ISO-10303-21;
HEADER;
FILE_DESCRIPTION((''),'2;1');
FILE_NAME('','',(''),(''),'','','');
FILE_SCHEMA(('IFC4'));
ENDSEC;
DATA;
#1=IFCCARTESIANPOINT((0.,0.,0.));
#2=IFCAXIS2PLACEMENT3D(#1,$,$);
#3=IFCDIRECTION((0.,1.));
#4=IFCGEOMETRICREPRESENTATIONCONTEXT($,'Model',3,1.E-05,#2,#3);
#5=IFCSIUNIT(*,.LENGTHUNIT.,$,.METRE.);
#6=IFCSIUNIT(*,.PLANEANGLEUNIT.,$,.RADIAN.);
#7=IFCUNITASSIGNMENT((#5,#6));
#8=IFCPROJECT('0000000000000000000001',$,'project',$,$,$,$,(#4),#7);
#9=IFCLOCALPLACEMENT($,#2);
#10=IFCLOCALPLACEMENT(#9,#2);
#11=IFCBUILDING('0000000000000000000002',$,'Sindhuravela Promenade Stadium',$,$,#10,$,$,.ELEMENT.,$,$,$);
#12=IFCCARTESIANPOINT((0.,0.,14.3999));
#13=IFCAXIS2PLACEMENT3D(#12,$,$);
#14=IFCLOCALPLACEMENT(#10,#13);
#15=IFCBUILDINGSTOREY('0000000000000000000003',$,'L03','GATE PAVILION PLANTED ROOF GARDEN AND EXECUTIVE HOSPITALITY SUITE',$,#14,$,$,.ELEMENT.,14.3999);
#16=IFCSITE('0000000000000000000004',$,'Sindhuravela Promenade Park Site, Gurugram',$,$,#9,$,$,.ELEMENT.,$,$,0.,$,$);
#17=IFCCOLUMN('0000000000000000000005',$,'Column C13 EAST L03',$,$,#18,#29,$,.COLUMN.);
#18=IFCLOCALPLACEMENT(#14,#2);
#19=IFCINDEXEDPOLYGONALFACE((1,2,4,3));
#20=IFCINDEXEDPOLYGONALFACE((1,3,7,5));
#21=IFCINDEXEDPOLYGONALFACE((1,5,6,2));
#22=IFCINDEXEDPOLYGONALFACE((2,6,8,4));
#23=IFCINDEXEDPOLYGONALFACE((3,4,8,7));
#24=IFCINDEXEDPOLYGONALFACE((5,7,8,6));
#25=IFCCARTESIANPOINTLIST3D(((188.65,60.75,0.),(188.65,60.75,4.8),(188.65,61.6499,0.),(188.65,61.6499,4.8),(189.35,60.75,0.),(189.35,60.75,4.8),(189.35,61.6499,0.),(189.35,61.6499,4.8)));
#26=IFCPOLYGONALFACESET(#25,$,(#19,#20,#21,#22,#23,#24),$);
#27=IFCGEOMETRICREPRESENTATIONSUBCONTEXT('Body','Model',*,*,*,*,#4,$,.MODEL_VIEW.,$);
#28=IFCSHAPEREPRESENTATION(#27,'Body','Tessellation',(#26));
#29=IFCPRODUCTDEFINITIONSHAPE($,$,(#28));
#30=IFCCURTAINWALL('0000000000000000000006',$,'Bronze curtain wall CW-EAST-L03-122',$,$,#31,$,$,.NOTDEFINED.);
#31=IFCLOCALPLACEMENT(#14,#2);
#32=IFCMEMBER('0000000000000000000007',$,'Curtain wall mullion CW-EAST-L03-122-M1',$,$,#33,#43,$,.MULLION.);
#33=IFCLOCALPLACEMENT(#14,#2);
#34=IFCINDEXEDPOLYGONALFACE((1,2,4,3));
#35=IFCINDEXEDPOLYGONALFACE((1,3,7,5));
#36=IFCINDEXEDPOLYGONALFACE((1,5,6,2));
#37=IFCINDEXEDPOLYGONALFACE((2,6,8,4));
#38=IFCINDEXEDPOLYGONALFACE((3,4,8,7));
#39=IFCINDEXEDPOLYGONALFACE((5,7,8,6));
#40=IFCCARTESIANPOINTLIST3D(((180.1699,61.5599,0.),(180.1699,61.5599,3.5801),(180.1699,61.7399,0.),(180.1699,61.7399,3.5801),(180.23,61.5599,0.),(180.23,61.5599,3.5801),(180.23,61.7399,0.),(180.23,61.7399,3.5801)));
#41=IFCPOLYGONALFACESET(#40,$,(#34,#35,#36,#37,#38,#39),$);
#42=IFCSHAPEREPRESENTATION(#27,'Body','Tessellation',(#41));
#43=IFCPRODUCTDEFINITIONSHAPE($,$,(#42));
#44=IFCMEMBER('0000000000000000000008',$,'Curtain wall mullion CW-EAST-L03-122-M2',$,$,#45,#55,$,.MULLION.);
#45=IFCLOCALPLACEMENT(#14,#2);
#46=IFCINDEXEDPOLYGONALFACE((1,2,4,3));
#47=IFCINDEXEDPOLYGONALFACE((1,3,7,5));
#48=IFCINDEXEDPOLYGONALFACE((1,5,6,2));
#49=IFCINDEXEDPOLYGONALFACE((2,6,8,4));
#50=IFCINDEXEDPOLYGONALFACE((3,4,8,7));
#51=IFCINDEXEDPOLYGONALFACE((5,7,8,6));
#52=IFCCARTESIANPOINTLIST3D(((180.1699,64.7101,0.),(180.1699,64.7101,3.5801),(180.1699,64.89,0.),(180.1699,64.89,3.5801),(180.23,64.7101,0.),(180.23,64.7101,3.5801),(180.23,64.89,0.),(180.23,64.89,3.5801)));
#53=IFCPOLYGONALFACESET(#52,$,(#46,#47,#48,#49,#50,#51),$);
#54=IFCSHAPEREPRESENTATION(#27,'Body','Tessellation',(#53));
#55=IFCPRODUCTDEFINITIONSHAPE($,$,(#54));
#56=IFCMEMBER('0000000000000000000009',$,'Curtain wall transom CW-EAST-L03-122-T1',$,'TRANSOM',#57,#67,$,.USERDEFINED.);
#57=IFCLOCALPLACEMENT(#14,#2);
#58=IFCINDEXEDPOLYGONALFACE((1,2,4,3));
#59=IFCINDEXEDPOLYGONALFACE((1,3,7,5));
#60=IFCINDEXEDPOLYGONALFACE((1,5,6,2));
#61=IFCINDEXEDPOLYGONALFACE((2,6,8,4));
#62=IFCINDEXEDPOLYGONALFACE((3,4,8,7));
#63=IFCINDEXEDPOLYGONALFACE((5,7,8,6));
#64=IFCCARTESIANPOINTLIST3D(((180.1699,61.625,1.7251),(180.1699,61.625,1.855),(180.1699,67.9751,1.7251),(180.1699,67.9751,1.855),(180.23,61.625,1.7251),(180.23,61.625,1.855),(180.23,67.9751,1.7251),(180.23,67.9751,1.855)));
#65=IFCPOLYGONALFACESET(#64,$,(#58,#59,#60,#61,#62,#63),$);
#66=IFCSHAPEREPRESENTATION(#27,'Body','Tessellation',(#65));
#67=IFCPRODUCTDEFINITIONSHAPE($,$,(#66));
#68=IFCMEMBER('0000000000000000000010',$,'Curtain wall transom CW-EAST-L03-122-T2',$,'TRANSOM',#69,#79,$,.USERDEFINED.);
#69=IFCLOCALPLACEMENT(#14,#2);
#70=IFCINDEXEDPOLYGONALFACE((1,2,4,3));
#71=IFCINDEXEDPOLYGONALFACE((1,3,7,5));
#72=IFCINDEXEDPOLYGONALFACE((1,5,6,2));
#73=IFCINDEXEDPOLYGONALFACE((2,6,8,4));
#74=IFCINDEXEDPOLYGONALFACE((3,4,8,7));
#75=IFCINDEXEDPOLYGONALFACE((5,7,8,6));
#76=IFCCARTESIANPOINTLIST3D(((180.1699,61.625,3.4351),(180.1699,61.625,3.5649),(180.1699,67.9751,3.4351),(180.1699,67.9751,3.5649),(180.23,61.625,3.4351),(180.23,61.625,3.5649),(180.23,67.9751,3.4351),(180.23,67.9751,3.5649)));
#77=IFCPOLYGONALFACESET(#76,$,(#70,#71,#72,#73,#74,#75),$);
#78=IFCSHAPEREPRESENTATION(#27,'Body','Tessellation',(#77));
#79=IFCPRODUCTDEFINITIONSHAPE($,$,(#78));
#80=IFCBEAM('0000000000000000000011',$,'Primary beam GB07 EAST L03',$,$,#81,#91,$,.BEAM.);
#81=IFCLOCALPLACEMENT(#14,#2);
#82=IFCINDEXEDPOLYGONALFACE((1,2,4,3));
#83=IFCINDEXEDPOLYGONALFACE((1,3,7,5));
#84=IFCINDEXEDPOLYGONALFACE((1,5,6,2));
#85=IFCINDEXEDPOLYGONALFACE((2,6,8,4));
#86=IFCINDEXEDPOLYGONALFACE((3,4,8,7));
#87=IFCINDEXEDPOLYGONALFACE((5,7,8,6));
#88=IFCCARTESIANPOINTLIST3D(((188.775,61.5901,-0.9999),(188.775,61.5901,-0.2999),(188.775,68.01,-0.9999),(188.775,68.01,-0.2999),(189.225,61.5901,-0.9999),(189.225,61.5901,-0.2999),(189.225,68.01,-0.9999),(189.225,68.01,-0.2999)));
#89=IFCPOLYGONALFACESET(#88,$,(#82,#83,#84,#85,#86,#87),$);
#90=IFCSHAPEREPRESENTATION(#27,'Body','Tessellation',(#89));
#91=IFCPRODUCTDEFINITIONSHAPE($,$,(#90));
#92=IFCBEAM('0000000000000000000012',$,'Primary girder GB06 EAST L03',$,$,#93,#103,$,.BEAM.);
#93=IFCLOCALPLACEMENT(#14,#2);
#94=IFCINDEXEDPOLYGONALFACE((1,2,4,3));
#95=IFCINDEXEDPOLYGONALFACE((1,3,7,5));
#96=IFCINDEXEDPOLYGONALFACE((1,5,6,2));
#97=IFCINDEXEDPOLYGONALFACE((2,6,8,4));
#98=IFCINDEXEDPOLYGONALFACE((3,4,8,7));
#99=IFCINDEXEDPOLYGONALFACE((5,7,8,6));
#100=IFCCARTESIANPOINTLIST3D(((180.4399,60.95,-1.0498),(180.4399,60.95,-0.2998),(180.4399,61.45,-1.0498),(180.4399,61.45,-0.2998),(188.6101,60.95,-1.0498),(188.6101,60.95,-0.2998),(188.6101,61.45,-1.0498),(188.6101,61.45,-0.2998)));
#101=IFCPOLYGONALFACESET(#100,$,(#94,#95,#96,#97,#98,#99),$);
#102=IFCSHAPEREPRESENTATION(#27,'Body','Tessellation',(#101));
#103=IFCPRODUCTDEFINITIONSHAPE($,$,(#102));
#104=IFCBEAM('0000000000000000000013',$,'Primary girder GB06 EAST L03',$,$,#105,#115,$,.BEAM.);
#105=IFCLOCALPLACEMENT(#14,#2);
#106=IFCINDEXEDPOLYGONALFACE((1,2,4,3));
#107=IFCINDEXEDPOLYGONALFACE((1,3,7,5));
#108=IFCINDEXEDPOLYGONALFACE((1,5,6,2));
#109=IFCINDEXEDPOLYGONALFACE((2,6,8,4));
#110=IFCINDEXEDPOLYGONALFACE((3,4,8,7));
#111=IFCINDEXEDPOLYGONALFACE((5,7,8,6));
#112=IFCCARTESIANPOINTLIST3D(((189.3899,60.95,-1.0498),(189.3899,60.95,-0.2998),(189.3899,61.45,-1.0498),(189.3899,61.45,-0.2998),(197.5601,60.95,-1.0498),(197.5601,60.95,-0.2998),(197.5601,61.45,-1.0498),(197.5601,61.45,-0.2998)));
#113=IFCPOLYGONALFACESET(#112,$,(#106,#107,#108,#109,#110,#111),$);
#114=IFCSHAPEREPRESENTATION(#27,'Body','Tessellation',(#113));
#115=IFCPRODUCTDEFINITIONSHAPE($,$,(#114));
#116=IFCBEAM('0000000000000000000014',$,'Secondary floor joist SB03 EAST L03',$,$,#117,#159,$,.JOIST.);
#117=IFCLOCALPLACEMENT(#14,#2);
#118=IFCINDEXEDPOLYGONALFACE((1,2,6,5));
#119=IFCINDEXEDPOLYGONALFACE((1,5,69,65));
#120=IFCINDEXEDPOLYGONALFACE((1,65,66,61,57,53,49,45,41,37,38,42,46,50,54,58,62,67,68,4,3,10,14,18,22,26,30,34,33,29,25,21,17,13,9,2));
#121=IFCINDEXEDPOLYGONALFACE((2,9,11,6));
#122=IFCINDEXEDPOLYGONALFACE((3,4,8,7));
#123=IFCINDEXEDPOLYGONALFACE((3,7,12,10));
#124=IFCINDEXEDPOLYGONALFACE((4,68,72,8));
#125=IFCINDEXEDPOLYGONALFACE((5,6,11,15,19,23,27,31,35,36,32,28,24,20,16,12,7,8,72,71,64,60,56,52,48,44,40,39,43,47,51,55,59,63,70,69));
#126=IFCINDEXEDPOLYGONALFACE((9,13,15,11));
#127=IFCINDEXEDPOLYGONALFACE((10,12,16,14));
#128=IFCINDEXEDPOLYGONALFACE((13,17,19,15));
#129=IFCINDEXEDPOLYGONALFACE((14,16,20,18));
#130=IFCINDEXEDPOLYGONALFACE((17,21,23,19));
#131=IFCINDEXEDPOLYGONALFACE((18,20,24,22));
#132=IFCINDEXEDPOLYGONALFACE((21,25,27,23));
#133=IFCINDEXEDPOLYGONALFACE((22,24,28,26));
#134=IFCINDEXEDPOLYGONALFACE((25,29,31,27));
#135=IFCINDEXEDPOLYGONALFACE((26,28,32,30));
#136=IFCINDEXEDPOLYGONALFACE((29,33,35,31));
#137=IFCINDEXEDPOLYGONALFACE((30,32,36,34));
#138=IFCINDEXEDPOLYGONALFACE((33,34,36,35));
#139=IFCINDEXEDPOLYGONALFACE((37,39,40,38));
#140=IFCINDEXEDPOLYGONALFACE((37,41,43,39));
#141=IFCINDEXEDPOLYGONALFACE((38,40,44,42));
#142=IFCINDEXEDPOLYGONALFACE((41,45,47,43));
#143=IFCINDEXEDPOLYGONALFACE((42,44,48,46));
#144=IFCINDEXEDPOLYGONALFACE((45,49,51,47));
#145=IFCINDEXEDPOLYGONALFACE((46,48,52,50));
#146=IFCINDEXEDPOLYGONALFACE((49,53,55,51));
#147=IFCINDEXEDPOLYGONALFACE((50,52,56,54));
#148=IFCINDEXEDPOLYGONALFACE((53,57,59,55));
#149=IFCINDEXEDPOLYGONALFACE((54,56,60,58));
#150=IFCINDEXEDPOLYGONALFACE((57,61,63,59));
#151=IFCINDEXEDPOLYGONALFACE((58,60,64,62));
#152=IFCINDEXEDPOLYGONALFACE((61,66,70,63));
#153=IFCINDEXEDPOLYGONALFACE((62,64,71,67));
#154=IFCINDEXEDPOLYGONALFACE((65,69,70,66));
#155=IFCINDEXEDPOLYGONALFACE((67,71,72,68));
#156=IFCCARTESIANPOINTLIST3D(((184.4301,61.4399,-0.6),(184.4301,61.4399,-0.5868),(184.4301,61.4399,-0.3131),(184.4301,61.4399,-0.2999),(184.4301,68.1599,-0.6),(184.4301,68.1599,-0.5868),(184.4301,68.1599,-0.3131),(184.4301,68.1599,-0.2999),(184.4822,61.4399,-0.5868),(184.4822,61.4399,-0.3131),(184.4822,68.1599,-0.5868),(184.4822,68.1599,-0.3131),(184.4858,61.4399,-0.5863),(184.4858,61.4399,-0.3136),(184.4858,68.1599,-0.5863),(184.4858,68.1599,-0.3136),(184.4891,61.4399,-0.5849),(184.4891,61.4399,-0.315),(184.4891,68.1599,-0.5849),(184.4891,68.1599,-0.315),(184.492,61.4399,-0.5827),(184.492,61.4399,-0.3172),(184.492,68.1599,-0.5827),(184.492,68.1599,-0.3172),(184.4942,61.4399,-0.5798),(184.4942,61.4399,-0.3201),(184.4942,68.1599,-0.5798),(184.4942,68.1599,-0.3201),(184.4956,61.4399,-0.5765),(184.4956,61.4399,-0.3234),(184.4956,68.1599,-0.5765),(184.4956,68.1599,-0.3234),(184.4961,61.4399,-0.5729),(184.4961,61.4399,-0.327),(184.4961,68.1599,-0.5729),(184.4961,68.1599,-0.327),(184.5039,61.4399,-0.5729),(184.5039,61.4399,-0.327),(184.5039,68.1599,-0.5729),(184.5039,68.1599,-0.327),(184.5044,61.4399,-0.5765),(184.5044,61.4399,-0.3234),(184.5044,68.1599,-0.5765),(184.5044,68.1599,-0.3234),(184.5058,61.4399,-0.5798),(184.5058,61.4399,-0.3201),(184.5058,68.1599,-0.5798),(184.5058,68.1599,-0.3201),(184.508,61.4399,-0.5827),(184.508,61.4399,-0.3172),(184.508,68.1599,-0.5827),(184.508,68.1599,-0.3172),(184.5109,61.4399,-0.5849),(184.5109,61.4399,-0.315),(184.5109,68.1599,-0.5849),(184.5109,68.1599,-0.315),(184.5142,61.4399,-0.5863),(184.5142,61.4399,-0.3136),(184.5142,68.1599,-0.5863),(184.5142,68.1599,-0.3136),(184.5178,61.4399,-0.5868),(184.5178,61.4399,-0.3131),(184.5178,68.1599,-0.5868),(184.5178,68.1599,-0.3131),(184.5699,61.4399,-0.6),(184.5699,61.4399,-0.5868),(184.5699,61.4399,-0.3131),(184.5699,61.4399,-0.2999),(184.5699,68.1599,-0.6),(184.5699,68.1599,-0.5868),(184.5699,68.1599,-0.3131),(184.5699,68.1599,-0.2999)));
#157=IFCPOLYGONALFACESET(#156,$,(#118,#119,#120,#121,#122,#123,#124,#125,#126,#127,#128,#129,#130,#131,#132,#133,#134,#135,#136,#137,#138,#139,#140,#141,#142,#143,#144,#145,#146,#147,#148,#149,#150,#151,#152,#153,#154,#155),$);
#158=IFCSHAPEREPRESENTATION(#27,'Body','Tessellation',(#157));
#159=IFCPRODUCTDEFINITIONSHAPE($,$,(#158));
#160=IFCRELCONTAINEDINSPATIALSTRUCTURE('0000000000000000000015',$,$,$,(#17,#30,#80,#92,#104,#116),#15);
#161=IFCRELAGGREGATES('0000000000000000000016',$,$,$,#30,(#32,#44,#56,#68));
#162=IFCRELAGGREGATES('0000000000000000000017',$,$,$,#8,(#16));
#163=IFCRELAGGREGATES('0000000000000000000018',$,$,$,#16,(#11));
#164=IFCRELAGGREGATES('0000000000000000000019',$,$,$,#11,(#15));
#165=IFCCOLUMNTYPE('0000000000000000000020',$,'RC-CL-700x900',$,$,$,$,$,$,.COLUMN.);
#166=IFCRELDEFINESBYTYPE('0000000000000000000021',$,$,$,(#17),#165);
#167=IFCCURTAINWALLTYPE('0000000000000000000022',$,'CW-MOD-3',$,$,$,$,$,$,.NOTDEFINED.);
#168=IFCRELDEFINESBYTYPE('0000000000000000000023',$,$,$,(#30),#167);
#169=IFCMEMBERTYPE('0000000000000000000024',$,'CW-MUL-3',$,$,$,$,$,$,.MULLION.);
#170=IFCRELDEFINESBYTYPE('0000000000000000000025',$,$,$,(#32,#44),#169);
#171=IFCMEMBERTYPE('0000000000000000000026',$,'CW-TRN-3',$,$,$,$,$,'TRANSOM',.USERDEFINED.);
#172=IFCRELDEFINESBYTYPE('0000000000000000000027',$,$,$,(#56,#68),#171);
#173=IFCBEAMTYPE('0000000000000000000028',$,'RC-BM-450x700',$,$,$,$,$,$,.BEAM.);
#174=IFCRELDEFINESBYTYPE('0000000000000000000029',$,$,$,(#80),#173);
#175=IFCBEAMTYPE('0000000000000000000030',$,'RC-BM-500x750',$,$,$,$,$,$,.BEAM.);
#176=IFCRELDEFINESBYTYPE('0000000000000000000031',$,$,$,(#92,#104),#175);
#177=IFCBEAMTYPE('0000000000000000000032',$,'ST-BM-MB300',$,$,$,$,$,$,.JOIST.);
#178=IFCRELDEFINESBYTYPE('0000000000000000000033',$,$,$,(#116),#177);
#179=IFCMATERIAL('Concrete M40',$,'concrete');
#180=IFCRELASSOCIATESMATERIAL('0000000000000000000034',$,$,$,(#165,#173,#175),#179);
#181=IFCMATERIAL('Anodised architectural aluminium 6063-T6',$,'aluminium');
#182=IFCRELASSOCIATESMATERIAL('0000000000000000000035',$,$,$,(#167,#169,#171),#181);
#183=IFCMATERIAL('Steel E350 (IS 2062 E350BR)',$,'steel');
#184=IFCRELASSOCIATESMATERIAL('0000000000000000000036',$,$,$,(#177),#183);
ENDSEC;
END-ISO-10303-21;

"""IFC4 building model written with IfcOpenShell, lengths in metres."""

from ifc_helpers import new_model, si_unit, direction, frame, origin, origin_2d, place, context, subcontext, project, spatial, rectangle, i_section, extrude, material, material_profile, profile_set, type_object, element, aggregate, save


model = new_model("IFC4")

# Units and contexts
model_context = context("Model", 3, precision=1e-05, world=origin(), true_north=direction((0.0, 1.0)))
body_context = subcontext(model_context, "Body", "Model", "MODEL_VIEW")
ifc_project = project(units=[si_unit("LENGTHUNIT", "METRE"), si_unit("PLANEANGLEUNIT", "RADIAN")], contexts=[model_context])

# Site, building, storey
site_placement = place(None, origin())
site = spatial("IfcSite", under=ifc_project, at=site_placement, Name="Sindhuravela Promenade Park Site, Gurugram", CompositionType="ELEMENT", RefElevation=0.0)
building_placement = place(site_placement, origin())
building = spatial("IfcBuilding", under=site, at=building_placement, Name="Sindhuravela Promenade Stadium", CompositionType="ELEMENT")
storey_placement = place(building_placement, frame((0.0, 0.0, 14.3999)))
storey = spatial("IfcBuildingStorey", under=building, at=storey_placement, Name="L03", Description="GATE PAVILION PLANTED ROOF GARDEN AND EXECUTIVE HOSPITALITY SUITE", CompositionType="ELEMENT", Elevation=14.3999)

# Column
ifc_material_1 = material(Name="Concrete M40", Category="concrete")
ifc_material_profile_1 = material_profile(ifc_material_1, rectangle(XDim=0.7, YDim=0.8999, at=origin_2d()), Name="RC 700x900")
ifc_profile_set_1 = profile_set([ifc_material_profile_1], Name="Concrete M40")
column_type = type_object("IfcColumnType", Name="RC-CL-700x900", PredefinedType="COLUMN", material=ifc_profile_set_1)
column_placement = place(storey_placement, frame((189.0, 61.2, 0.0), z_axis=(0.0, 0.0, 1.0), x_axis=(1.0, 0.0, 0.0)))
element("IfcColumn", 1, at=column_placement, inside=storey, type_object=column_type, Name="Column C13 EAST L03", PredefinedType="COLUMN", context=body_context, shape_type="SweptSolid", body=[
    extrude(rectangle(XDim=0.7, YDim=0.8999, at=origin_2d()), origin(), (0.0, 0.0, 1.0), 4.8),
])

# Curtain wall, members
ifc_material_2 = material(Name="Anodised architectural aluminium 6063-T6", Category="aluminium")
curtain_wall_type = type_object("IfcCurtainWallType", Name="CW-MOD-3", PredefinedType="NOTDEFINED", material=ifc_material_2)
curtain_wall_placement = place(storey_placement, origin())
curtain_wall = element("IfcCurtainWall", 2, at=curtain_wall_placement, inside=storey, type_object=curtain_wall_type, Name="Bronze curtain wall CW-EAST-L03-122", PredefinedType="NOTDEFINED")
ifc_material_profile_2 = material_profile(ifc_material_2, rectangle(XDim=0.0601, YDim=0.1799, at=origin_2d()), Name="ALU M60x180")
ifc_profile_set_2 = profile_set([ifc_material_profile_2], Name="Anodised architectural aluminium 6063-T6")
member_type_1 = type_object("IfcMemberType", Name="CW-MUL-3", PredefinedType="MULLION", material=ifc_profile_set_2)
member_1_placement = place(storey_placement, frame((180.2, 61.6499, 0.0), z_axis=(0.0, 0.0, 1.0), x_axis=(1.0, 0.0, 0.0)))
member_1 = element("IfcMember", 3, at=member_1_placement, type_object=member_type_1, Name="Curtain wall mullion CW-EAST-L03-122-M1", PredefinedType="MULLION", context=body_context, shape_type="SweptSolid", body=[
    extrude(rectangle(XDim=0.0601, YDim=0.1799, at=origin_2d()), origin(), (0.0, 0.0, 1.0), 3.5801),
])
member_2_placement = place(storey_placement, frame((180.2, 64.8, 0.0), z_axis=(0.0, 0.0, 1.0), x_axis=(1.0, 0.0, 0.0)))
member_2 = element("IfcMember", 4, at=member_2_placement, type_object=member_type_1, Name="Curtain wall mullion CW-EAST-L03-122-M2", PredefinedType="MULLION", context=body_context, shape_type="SweptSolid", body=[
    extrude(rectangle(XDim=0.0601, YDim=0.1799, at=origin_2d()), origin(), (0.0, 0.0, 1.0), 3.5801),
])
ifc_material_profile_3 = material_profile(ifc_material_2, rectangle(XDim=0.0601, YDim=0.1299, at=origin_2d()), Name="ALU T60x130")
ifc_profile_set_3 = profile_set([ifc_material_profile_3], Name="Anodised architectural aluminium 6063-T6")
member_type_2 = type_object("IfcMemberType", Name="CW-TRN-3", ElementType="TRANSOM", PredefinedType="USERDEFINED", material=ifc_profile_set_3)
member_3_placement = place(storey_placement, frame((180.2, 61.625, 1.79), z_axis=(0.0, 1.0, 0.0), x_axis=(-1.0, 0.0, 0.0)))
member_3 = element("IfcMember", 5, at=member_3_placement, type_object=member_type_2, Name="Curtain wall transom CW-EAST-L03-122-T1", ObjectType="TRANSOM", PredefinedType="USERDEFINED", context=body_context, shape_type="SweptSolid", body=[
    extrude(rectangle(XDim=0.0601, YDim=0.1299, at=origin_2d()), origin(), (0.0, 0.0, 1.0), 6.3501),
])
member_4_placement = place(storey_placement, frame((180.2, 61.625, 3.5), z_axis=(0.0, 1.0, 0.0), x_axis=(-1.0, 0.0, 0.0)))
member_4 = element("IfcMember", 6, at=member_4_placement, type_object=member_type_2, Name="Curtain wall transom CW-EAST-L03-122-T2", ObjectType="TRANSOM", PredefinedType="USERDEFINED", context=body_context, shape_type="SweptSolid", body=[
    extrude(rectangle(XDim=0.0601, YDim=0.1299, at=origin_2d()), origin(), (0.0, 0.0, 1.0), 6.3501),
])

# Beams
ifc_material_profile_4 = material_profile(ifc_material_1, rectangle(XDim=0.45, YDim=0.7, at=origin_2d()), Name="RC 450x700")
ifc_profile_set_4 = profile_set([ifc_material_profile_4], Name="Concrete M40")
beam_type_1 = type_object("IfcBeamType", Name="RC-BM-450x700", PredefinedType="BEAM", material=ifc_profile_set_4)
beam_1_placement = place(storey_placement, frame((189.0, 61.5901, -0.6499), z_axis=(0.0, 1.0, 0.0), x_axis=(-1.0, 0.0, 0.0)))
element("IfcBeam", 7, at=beam_1_placement, inside=storey, type_object=beam_type_1, Name="Primary beam GB07 EAST L03", PredefinedType="BEAM", context=body_context, shape_type="SweptSolid", body=[
    extrude(rectangle(XDim=0.45, YDim=0.7, at=origin_2d()), origin(), (0.0, 0.0, 1.0), 6.4199),
])
ifc_material_profile_5 = material_profile(ifc_material_1, rectangle(XDim=0.5, YDim=0.75, at=origin_2d()), Name="RC 500x750")
ifc_profile_set_5 = profile_set([ifc_material_profile_5], Name="Concrete M40")
beam_type_2 = type_object("IfcBeamType", Name="RC-BM-500x750", PredefinedType="BEAM", material=ifc_profile_set_5)
for number, where, z_axis, x_axis, name in (
    (8, (180.4399, 61.2, -0.6748), (1.0, 0.0, 0.0), (0.0, 1.0, 0.0), "Primary girder GB06 EAST L03"),
    (9, (189.3899, 61.2, -0.6748), (1.0, 0.0, 0.0), (0.0, 1.0, 0.0), "Primary girder GB06 EAST L03"),
):
    element("IfcBeam", number, at=place(storey_placement, frame(where, z_axis=z_axis, x_axis=x_axis)), inside=storey, type_object=beam_type_2, Name=name, PredefinedType="BEAM", context=body_context, shape_type="SweptSolid", body=[
        extrude(rectangle(XDim=0.5, YDim=0.75, at=origin_2d()), origin(), (0.0, 0.0, 1.0), 8.1702),
    ])
ifc_material_3 = material(Name="Steel E350 (IS 2062 E350BR)", Category="steel")
ifc_material_profile_6 = material_profile(ifc_material_3, i_section(OverallWidth=0.1399, OverallDepth=0.3, WebThickness=0.0078, FlangeThickness=0.0132, FilletRadius=0.0139, at=origin_2d()), Name="ISMB 300")
ifc_profile_set_6 = profile_set([ifc_material_profile_6], Name="Steel E350 (IS 2062 E350BR)")
beam_type_3 = type_object("IfcBeamType", Name="ST-BM-MB300", PredefinedType="JOIST", material=ifc_profile_set_6)
beam_2_placement = place(storey_placement, frame((184.5, 61.4399, -0.45), z_axis=(0.0, 1.0, 0.0), x_axis=(-1.0, 0.0, 0.0)))
element("IfcBeam", 10, at=beam_2_placement, inside=storey, type_object=beam_type_3, Name="Secondary floor joist SB03 EAST L03", PredefinedType="JOIST", context=body_context, shape_type="SweptSolid", body=[
    extrude(i_section(OverallWidth=0.1399, OverallDepth=0.3, WebThickness=0.0078, FlangeThickness=0.0132, FilletRadius=0.0139, at=origin_2d()), origin(), (0.0, 0.0, 1.0), 6.72),
])

aggregate(curtain_wall, [member_1, member_2, member_3, member_4])

save(model, "model.ifc")
